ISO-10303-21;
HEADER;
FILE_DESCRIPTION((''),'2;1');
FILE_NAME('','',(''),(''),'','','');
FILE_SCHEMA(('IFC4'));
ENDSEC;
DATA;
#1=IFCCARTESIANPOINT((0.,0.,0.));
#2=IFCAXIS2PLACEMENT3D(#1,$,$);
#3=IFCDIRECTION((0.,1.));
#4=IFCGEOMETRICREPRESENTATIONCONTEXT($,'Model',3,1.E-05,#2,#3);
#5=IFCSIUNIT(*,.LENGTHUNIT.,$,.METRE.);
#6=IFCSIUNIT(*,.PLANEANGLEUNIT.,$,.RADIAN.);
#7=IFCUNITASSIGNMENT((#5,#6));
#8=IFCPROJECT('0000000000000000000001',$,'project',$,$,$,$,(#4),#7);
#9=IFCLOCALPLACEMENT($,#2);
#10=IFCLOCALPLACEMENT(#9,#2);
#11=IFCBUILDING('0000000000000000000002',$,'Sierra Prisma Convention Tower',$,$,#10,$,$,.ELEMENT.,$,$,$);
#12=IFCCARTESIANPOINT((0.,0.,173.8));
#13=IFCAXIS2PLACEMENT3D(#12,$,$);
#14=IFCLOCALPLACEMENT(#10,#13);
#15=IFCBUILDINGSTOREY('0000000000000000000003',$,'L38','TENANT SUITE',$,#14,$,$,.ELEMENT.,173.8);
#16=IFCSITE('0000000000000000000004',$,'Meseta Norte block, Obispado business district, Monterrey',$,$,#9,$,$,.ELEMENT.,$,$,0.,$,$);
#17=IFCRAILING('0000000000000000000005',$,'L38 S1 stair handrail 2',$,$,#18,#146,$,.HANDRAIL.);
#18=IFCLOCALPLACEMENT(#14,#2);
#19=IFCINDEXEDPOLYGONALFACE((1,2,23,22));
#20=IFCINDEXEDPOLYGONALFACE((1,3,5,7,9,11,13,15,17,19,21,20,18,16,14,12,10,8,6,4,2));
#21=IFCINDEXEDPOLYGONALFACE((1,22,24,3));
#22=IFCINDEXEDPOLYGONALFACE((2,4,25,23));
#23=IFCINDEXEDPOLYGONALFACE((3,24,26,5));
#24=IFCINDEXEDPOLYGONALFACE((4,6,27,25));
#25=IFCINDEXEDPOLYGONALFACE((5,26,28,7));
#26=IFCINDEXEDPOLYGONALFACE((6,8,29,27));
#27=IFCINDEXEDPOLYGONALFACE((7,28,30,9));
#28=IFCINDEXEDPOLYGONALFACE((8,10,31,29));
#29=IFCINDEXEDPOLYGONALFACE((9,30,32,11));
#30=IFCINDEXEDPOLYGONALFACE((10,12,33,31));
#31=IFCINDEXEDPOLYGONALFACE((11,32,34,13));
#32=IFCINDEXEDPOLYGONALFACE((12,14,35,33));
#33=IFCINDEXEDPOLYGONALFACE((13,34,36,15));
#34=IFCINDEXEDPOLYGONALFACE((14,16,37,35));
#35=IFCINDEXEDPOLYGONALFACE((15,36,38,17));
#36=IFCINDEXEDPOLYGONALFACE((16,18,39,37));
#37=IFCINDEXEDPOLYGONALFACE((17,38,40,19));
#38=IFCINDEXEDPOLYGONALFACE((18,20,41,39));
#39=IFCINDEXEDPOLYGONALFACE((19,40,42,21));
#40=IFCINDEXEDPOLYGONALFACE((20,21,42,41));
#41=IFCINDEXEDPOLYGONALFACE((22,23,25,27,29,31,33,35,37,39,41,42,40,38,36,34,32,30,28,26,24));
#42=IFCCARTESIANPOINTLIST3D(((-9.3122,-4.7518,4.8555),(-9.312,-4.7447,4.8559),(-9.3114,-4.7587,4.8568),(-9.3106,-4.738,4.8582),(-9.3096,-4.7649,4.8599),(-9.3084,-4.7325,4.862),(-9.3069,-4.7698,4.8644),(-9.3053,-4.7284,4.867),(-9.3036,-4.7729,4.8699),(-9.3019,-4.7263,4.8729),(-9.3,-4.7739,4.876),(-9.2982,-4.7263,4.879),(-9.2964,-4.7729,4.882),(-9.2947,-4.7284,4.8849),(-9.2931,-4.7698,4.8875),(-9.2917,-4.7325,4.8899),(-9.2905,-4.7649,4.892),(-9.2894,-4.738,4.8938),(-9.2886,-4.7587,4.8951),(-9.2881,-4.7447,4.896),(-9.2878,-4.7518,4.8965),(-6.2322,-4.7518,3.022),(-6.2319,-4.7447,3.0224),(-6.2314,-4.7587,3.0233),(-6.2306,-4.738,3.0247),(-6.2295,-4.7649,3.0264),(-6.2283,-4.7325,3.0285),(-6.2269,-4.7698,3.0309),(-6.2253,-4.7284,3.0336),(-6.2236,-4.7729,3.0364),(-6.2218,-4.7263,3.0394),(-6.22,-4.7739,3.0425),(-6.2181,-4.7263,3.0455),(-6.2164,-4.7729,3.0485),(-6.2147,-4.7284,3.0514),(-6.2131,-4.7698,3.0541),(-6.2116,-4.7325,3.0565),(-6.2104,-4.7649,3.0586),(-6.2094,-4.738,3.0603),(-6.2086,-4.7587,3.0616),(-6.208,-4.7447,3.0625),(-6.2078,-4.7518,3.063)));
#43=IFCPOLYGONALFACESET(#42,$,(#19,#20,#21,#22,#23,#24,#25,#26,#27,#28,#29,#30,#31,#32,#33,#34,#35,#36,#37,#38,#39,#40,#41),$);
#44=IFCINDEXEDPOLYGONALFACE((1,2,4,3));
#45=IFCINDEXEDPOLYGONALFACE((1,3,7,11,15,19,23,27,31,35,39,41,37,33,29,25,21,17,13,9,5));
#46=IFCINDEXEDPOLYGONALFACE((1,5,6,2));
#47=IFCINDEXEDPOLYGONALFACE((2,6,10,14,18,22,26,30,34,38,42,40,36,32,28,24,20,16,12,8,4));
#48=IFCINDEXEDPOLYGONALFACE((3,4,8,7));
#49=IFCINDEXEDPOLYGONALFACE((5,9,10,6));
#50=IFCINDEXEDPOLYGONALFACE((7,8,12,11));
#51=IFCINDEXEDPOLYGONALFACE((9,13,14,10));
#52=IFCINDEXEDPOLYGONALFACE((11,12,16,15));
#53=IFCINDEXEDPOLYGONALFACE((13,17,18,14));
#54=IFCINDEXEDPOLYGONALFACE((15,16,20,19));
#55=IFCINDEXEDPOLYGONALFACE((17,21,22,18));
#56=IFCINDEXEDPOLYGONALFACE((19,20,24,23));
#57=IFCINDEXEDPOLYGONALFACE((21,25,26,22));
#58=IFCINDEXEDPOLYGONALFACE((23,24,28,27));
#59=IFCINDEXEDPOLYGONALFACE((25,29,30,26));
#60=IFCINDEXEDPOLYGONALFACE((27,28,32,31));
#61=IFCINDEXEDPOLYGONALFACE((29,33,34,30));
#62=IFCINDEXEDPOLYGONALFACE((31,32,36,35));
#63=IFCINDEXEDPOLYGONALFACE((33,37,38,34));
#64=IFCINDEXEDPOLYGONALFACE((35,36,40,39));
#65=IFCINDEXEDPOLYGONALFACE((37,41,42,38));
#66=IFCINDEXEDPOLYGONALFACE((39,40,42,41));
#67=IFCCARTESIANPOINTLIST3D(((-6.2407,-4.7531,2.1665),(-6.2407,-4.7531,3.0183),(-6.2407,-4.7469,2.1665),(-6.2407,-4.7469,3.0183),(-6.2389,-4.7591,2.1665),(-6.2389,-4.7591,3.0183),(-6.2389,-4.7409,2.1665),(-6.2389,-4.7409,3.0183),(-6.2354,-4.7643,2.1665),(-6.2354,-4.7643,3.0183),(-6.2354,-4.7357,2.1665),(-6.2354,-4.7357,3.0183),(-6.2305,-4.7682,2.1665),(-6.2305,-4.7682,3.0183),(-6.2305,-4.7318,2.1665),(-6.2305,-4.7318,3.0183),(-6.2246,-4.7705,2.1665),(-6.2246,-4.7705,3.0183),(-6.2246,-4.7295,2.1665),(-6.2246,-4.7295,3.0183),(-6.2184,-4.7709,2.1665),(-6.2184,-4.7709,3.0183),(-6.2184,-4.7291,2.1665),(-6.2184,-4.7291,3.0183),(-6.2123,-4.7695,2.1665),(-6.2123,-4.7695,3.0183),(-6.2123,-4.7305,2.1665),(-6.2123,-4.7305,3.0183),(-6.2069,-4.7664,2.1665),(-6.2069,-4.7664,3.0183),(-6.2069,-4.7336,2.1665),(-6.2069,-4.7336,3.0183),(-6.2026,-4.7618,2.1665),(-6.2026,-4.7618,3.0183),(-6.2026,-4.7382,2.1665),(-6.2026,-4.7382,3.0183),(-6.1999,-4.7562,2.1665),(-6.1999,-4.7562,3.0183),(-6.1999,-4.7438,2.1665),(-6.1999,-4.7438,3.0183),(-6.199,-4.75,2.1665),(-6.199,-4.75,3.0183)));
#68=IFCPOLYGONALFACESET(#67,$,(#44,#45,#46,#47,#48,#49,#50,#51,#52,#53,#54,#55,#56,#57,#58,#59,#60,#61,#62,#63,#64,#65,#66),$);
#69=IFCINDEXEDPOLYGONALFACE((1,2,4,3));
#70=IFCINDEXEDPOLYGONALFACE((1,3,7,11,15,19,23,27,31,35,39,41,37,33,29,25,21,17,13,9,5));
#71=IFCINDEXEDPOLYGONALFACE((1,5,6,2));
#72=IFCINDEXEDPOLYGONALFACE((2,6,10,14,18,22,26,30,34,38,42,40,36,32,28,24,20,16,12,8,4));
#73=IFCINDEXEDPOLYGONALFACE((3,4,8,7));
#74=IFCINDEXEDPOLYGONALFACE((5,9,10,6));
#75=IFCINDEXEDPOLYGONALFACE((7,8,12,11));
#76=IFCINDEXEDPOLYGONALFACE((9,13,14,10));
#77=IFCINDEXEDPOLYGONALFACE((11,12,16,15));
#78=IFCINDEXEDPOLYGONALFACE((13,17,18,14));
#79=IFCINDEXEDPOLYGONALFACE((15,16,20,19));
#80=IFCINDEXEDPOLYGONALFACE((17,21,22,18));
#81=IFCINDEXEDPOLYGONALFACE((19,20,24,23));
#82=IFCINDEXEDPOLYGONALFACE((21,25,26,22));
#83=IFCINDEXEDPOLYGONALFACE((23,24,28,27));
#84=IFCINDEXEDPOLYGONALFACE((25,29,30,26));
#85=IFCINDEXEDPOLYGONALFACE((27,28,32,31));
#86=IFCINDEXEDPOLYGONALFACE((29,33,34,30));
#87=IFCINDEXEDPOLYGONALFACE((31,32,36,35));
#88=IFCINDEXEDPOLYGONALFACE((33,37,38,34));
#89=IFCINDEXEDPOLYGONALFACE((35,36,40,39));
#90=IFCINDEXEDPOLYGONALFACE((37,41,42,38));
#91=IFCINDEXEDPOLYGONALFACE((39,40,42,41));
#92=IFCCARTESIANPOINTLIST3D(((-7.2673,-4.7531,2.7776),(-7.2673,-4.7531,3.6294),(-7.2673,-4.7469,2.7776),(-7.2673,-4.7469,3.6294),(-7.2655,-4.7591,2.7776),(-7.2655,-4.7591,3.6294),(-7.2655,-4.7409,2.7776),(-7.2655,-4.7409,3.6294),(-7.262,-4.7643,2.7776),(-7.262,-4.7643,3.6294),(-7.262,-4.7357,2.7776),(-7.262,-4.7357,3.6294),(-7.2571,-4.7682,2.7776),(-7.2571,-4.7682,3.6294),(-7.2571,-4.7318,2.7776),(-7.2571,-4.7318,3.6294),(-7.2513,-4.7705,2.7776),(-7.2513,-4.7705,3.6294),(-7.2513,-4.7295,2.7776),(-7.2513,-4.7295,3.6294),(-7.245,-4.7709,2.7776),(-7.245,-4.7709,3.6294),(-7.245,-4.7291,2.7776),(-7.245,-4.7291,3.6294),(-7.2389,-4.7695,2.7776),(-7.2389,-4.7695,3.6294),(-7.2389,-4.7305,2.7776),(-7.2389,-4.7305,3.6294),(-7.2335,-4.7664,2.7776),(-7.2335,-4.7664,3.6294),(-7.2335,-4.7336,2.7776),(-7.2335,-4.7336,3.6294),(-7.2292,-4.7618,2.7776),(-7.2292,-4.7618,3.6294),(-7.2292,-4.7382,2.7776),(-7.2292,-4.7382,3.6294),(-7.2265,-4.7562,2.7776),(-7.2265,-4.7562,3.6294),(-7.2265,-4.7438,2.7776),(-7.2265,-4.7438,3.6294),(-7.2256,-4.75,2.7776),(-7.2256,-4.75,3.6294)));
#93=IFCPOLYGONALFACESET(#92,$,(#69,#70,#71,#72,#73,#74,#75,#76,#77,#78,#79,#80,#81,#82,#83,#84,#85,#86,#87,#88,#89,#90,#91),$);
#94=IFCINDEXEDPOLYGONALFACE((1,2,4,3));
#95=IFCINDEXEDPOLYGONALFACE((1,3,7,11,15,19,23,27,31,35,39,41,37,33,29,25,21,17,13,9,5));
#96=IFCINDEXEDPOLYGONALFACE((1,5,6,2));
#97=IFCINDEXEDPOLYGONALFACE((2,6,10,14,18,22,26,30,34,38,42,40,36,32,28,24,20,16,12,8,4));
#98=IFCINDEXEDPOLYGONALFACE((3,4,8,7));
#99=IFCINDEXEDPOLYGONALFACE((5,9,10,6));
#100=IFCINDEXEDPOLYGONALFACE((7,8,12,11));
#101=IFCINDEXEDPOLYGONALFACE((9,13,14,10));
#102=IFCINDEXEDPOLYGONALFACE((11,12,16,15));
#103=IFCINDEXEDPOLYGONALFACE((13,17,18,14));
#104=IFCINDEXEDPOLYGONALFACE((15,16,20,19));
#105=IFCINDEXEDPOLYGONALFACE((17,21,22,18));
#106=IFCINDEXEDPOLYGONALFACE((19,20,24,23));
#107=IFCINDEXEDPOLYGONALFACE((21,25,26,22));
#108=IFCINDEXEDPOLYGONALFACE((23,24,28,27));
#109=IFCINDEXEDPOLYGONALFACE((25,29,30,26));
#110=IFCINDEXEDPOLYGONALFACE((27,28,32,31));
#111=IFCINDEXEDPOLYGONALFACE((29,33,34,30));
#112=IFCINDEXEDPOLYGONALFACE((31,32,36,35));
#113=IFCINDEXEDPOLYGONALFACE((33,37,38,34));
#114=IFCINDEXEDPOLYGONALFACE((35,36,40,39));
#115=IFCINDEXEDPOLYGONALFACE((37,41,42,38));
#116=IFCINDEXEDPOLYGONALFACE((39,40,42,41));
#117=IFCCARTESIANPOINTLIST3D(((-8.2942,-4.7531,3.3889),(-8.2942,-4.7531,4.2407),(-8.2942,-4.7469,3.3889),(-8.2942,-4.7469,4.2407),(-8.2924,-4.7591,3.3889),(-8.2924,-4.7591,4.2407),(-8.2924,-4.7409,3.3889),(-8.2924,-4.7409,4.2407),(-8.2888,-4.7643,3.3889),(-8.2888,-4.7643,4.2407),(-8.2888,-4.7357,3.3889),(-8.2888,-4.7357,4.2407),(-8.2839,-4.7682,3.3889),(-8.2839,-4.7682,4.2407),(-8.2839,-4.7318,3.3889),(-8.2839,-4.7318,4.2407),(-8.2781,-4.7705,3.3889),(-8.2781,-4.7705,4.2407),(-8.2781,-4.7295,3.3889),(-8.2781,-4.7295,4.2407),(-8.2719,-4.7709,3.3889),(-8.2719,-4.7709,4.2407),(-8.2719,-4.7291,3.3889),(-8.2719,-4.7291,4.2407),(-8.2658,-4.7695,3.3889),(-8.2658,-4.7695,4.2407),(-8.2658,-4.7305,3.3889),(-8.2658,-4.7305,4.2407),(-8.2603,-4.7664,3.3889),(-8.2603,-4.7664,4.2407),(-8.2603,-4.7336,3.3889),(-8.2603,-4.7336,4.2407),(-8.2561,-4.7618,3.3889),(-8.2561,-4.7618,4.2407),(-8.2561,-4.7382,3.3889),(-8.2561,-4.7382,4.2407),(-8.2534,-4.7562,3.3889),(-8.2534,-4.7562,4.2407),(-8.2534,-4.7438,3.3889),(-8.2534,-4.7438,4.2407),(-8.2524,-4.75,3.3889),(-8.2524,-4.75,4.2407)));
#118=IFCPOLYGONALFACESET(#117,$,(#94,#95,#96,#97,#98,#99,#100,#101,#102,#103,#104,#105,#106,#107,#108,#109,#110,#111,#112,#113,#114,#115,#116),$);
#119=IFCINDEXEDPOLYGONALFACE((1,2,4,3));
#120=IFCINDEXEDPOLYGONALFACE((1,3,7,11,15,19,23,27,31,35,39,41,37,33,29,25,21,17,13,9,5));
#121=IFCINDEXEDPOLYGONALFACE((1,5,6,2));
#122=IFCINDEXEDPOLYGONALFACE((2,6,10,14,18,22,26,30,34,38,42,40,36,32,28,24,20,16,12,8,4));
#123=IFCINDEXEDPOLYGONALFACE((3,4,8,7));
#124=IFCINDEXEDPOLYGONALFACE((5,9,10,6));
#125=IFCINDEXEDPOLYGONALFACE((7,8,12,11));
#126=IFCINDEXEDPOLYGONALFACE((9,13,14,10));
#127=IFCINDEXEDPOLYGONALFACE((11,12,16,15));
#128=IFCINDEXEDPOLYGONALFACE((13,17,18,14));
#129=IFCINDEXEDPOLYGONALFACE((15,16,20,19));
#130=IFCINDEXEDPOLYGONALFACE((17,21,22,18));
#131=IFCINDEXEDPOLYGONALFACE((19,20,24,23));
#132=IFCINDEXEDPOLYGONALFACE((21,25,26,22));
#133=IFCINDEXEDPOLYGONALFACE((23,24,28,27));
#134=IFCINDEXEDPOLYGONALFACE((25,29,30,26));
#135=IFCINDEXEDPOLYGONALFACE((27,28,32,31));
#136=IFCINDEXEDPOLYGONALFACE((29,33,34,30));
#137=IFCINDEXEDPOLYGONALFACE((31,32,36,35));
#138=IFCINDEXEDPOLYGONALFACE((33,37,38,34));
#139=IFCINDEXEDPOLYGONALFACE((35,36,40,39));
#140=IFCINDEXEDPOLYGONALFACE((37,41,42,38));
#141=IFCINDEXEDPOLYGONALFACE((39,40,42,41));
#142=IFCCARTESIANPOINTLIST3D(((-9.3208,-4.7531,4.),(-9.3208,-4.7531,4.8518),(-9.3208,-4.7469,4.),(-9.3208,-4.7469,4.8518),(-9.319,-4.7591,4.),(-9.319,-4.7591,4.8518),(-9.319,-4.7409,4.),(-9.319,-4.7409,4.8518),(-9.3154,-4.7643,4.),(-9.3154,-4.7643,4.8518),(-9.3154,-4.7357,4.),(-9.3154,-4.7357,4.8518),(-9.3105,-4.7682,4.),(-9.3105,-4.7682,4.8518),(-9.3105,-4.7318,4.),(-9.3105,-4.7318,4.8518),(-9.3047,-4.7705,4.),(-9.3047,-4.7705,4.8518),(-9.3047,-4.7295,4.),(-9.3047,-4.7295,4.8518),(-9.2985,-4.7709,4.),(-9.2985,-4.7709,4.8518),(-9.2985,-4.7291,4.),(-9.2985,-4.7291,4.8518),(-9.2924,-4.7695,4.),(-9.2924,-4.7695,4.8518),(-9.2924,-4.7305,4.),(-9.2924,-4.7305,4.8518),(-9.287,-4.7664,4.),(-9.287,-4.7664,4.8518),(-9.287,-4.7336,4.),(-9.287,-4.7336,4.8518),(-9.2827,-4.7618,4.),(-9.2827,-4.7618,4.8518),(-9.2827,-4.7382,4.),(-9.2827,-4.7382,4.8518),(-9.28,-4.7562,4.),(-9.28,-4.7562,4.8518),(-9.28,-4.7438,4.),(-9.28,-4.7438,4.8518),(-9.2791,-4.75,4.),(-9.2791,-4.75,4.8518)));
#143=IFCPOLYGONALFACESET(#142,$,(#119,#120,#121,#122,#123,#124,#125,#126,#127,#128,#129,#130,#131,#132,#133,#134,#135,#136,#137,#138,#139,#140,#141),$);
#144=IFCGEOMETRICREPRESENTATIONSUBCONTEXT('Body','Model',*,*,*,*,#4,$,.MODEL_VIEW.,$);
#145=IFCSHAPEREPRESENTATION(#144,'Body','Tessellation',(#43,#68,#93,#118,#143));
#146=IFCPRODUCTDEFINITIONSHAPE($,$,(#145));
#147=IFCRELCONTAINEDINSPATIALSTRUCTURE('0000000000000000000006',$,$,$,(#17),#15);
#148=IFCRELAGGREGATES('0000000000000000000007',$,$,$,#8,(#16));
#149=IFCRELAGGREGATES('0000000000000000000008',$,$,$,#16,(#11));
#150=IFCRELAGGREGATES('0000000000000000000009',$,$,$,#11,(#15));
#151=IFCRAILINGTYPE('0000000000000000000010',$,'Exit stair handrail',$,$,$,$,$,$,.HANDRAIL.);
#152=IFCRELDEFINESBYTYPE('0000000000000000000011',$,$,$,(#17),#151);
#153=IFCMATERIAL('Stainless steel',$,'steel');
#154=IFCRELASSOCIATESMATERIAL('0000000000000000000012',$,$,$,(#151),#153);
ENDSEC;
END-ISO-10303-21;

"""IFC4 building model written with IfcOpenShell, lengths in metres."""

from ifc_helpers import new_model, si_unit, direction, frame, origin, origin_2d, place, context, subcontext, project, spatial, circle, extrude, material, type_object, element, save


model = new_model("IFC4")

# Units and contexts
model_context = context("Model", 3, precision=1e-05, world=origin(), true_north=direction((0.0, 1.0)))
body_context = subcontext(model_context, "Body", "Model", "MODEL_VIEW")
ifc_project = project(units=[si_unit("LENGTHUNIT", "METRE"), si_unit("PLANEANGLEUNIT", "RADIAN")], contexts=[model_context])

# Site, building, storey
site_placement = place(None, origin())
site = spatial("IfcSite", under=ifc_project, at=site_placement, Name="Meseta Norte block, Obispado business district, Monterrey", CompositionType="ELEMENT", RefElevation=0.0)
building_placement = place(site_placement, origin())
building = spatial("IfcBuilding", under=site, at=building_placement, Name="Sierra Prisma Convention Tower", CompositionType="ELEMENT")
storey_placement = place(building_placement, frame((0.0, 0.0, 173.8)))
storey = spatial("IfcBuildingStorey", under=building, at=storey_placement, Name="L38", Description="TENANT SUITE", CompositionType="ELEMENT", Elevation=173.8)

# Railing
ifc_material_1 = material(Name="Stainless steel", Category="steel")
railing_type_1 = type_object("IfcRailingType", Name="Exit stair handrail", PredefinedType="HANDRAIL", material=ifc_material_1)
railing_1_placement = place(storey_placement, frame((-6.22, -4.75, 2.1665)))
element("IfcRailing", 1, at=railing_1_placement, inside=storey, type_object=railing_type_1, Name="L38 S1 stair handrail 2", PredefinedType="HANDRAIL", context=body_context, shape_type="SweptSolid", body=[
    extrude(circle(Radius=0.0239, at=origin_2d()), frame((0.0, 0.0, 0.876), z_axis=(-0.859279, 0.0, 0.511508), x_axis=(0.0, -1.0, 0.0)), (0.0, 0.0, 1.0), 3.5845),
    extrude(circle(Radius=0.021, at=origin_2d()), origin(), (0.0, 0.0, 1.0), 0.8518),
    extrude(circle(Radius=0.021, at=origin_2d()), frame((-1.0266, 0.0, 0.6111)), (0.0, 0.0, 1.0), 0.8518),
    extrude(circle(Radius=0.021, at=origin_2d()), frame((-2.0535, 0.0, 1.2224)), (0.0, 0.0, 1.0), 0.8518),
    extrude(circle(Radius=0.021, at=origin_2d()), frame((-3.0801, 0.0, 1.8335)), (0.0, 0.0, 1.0), 0.8518),
])

save(model, "model.ifc")
